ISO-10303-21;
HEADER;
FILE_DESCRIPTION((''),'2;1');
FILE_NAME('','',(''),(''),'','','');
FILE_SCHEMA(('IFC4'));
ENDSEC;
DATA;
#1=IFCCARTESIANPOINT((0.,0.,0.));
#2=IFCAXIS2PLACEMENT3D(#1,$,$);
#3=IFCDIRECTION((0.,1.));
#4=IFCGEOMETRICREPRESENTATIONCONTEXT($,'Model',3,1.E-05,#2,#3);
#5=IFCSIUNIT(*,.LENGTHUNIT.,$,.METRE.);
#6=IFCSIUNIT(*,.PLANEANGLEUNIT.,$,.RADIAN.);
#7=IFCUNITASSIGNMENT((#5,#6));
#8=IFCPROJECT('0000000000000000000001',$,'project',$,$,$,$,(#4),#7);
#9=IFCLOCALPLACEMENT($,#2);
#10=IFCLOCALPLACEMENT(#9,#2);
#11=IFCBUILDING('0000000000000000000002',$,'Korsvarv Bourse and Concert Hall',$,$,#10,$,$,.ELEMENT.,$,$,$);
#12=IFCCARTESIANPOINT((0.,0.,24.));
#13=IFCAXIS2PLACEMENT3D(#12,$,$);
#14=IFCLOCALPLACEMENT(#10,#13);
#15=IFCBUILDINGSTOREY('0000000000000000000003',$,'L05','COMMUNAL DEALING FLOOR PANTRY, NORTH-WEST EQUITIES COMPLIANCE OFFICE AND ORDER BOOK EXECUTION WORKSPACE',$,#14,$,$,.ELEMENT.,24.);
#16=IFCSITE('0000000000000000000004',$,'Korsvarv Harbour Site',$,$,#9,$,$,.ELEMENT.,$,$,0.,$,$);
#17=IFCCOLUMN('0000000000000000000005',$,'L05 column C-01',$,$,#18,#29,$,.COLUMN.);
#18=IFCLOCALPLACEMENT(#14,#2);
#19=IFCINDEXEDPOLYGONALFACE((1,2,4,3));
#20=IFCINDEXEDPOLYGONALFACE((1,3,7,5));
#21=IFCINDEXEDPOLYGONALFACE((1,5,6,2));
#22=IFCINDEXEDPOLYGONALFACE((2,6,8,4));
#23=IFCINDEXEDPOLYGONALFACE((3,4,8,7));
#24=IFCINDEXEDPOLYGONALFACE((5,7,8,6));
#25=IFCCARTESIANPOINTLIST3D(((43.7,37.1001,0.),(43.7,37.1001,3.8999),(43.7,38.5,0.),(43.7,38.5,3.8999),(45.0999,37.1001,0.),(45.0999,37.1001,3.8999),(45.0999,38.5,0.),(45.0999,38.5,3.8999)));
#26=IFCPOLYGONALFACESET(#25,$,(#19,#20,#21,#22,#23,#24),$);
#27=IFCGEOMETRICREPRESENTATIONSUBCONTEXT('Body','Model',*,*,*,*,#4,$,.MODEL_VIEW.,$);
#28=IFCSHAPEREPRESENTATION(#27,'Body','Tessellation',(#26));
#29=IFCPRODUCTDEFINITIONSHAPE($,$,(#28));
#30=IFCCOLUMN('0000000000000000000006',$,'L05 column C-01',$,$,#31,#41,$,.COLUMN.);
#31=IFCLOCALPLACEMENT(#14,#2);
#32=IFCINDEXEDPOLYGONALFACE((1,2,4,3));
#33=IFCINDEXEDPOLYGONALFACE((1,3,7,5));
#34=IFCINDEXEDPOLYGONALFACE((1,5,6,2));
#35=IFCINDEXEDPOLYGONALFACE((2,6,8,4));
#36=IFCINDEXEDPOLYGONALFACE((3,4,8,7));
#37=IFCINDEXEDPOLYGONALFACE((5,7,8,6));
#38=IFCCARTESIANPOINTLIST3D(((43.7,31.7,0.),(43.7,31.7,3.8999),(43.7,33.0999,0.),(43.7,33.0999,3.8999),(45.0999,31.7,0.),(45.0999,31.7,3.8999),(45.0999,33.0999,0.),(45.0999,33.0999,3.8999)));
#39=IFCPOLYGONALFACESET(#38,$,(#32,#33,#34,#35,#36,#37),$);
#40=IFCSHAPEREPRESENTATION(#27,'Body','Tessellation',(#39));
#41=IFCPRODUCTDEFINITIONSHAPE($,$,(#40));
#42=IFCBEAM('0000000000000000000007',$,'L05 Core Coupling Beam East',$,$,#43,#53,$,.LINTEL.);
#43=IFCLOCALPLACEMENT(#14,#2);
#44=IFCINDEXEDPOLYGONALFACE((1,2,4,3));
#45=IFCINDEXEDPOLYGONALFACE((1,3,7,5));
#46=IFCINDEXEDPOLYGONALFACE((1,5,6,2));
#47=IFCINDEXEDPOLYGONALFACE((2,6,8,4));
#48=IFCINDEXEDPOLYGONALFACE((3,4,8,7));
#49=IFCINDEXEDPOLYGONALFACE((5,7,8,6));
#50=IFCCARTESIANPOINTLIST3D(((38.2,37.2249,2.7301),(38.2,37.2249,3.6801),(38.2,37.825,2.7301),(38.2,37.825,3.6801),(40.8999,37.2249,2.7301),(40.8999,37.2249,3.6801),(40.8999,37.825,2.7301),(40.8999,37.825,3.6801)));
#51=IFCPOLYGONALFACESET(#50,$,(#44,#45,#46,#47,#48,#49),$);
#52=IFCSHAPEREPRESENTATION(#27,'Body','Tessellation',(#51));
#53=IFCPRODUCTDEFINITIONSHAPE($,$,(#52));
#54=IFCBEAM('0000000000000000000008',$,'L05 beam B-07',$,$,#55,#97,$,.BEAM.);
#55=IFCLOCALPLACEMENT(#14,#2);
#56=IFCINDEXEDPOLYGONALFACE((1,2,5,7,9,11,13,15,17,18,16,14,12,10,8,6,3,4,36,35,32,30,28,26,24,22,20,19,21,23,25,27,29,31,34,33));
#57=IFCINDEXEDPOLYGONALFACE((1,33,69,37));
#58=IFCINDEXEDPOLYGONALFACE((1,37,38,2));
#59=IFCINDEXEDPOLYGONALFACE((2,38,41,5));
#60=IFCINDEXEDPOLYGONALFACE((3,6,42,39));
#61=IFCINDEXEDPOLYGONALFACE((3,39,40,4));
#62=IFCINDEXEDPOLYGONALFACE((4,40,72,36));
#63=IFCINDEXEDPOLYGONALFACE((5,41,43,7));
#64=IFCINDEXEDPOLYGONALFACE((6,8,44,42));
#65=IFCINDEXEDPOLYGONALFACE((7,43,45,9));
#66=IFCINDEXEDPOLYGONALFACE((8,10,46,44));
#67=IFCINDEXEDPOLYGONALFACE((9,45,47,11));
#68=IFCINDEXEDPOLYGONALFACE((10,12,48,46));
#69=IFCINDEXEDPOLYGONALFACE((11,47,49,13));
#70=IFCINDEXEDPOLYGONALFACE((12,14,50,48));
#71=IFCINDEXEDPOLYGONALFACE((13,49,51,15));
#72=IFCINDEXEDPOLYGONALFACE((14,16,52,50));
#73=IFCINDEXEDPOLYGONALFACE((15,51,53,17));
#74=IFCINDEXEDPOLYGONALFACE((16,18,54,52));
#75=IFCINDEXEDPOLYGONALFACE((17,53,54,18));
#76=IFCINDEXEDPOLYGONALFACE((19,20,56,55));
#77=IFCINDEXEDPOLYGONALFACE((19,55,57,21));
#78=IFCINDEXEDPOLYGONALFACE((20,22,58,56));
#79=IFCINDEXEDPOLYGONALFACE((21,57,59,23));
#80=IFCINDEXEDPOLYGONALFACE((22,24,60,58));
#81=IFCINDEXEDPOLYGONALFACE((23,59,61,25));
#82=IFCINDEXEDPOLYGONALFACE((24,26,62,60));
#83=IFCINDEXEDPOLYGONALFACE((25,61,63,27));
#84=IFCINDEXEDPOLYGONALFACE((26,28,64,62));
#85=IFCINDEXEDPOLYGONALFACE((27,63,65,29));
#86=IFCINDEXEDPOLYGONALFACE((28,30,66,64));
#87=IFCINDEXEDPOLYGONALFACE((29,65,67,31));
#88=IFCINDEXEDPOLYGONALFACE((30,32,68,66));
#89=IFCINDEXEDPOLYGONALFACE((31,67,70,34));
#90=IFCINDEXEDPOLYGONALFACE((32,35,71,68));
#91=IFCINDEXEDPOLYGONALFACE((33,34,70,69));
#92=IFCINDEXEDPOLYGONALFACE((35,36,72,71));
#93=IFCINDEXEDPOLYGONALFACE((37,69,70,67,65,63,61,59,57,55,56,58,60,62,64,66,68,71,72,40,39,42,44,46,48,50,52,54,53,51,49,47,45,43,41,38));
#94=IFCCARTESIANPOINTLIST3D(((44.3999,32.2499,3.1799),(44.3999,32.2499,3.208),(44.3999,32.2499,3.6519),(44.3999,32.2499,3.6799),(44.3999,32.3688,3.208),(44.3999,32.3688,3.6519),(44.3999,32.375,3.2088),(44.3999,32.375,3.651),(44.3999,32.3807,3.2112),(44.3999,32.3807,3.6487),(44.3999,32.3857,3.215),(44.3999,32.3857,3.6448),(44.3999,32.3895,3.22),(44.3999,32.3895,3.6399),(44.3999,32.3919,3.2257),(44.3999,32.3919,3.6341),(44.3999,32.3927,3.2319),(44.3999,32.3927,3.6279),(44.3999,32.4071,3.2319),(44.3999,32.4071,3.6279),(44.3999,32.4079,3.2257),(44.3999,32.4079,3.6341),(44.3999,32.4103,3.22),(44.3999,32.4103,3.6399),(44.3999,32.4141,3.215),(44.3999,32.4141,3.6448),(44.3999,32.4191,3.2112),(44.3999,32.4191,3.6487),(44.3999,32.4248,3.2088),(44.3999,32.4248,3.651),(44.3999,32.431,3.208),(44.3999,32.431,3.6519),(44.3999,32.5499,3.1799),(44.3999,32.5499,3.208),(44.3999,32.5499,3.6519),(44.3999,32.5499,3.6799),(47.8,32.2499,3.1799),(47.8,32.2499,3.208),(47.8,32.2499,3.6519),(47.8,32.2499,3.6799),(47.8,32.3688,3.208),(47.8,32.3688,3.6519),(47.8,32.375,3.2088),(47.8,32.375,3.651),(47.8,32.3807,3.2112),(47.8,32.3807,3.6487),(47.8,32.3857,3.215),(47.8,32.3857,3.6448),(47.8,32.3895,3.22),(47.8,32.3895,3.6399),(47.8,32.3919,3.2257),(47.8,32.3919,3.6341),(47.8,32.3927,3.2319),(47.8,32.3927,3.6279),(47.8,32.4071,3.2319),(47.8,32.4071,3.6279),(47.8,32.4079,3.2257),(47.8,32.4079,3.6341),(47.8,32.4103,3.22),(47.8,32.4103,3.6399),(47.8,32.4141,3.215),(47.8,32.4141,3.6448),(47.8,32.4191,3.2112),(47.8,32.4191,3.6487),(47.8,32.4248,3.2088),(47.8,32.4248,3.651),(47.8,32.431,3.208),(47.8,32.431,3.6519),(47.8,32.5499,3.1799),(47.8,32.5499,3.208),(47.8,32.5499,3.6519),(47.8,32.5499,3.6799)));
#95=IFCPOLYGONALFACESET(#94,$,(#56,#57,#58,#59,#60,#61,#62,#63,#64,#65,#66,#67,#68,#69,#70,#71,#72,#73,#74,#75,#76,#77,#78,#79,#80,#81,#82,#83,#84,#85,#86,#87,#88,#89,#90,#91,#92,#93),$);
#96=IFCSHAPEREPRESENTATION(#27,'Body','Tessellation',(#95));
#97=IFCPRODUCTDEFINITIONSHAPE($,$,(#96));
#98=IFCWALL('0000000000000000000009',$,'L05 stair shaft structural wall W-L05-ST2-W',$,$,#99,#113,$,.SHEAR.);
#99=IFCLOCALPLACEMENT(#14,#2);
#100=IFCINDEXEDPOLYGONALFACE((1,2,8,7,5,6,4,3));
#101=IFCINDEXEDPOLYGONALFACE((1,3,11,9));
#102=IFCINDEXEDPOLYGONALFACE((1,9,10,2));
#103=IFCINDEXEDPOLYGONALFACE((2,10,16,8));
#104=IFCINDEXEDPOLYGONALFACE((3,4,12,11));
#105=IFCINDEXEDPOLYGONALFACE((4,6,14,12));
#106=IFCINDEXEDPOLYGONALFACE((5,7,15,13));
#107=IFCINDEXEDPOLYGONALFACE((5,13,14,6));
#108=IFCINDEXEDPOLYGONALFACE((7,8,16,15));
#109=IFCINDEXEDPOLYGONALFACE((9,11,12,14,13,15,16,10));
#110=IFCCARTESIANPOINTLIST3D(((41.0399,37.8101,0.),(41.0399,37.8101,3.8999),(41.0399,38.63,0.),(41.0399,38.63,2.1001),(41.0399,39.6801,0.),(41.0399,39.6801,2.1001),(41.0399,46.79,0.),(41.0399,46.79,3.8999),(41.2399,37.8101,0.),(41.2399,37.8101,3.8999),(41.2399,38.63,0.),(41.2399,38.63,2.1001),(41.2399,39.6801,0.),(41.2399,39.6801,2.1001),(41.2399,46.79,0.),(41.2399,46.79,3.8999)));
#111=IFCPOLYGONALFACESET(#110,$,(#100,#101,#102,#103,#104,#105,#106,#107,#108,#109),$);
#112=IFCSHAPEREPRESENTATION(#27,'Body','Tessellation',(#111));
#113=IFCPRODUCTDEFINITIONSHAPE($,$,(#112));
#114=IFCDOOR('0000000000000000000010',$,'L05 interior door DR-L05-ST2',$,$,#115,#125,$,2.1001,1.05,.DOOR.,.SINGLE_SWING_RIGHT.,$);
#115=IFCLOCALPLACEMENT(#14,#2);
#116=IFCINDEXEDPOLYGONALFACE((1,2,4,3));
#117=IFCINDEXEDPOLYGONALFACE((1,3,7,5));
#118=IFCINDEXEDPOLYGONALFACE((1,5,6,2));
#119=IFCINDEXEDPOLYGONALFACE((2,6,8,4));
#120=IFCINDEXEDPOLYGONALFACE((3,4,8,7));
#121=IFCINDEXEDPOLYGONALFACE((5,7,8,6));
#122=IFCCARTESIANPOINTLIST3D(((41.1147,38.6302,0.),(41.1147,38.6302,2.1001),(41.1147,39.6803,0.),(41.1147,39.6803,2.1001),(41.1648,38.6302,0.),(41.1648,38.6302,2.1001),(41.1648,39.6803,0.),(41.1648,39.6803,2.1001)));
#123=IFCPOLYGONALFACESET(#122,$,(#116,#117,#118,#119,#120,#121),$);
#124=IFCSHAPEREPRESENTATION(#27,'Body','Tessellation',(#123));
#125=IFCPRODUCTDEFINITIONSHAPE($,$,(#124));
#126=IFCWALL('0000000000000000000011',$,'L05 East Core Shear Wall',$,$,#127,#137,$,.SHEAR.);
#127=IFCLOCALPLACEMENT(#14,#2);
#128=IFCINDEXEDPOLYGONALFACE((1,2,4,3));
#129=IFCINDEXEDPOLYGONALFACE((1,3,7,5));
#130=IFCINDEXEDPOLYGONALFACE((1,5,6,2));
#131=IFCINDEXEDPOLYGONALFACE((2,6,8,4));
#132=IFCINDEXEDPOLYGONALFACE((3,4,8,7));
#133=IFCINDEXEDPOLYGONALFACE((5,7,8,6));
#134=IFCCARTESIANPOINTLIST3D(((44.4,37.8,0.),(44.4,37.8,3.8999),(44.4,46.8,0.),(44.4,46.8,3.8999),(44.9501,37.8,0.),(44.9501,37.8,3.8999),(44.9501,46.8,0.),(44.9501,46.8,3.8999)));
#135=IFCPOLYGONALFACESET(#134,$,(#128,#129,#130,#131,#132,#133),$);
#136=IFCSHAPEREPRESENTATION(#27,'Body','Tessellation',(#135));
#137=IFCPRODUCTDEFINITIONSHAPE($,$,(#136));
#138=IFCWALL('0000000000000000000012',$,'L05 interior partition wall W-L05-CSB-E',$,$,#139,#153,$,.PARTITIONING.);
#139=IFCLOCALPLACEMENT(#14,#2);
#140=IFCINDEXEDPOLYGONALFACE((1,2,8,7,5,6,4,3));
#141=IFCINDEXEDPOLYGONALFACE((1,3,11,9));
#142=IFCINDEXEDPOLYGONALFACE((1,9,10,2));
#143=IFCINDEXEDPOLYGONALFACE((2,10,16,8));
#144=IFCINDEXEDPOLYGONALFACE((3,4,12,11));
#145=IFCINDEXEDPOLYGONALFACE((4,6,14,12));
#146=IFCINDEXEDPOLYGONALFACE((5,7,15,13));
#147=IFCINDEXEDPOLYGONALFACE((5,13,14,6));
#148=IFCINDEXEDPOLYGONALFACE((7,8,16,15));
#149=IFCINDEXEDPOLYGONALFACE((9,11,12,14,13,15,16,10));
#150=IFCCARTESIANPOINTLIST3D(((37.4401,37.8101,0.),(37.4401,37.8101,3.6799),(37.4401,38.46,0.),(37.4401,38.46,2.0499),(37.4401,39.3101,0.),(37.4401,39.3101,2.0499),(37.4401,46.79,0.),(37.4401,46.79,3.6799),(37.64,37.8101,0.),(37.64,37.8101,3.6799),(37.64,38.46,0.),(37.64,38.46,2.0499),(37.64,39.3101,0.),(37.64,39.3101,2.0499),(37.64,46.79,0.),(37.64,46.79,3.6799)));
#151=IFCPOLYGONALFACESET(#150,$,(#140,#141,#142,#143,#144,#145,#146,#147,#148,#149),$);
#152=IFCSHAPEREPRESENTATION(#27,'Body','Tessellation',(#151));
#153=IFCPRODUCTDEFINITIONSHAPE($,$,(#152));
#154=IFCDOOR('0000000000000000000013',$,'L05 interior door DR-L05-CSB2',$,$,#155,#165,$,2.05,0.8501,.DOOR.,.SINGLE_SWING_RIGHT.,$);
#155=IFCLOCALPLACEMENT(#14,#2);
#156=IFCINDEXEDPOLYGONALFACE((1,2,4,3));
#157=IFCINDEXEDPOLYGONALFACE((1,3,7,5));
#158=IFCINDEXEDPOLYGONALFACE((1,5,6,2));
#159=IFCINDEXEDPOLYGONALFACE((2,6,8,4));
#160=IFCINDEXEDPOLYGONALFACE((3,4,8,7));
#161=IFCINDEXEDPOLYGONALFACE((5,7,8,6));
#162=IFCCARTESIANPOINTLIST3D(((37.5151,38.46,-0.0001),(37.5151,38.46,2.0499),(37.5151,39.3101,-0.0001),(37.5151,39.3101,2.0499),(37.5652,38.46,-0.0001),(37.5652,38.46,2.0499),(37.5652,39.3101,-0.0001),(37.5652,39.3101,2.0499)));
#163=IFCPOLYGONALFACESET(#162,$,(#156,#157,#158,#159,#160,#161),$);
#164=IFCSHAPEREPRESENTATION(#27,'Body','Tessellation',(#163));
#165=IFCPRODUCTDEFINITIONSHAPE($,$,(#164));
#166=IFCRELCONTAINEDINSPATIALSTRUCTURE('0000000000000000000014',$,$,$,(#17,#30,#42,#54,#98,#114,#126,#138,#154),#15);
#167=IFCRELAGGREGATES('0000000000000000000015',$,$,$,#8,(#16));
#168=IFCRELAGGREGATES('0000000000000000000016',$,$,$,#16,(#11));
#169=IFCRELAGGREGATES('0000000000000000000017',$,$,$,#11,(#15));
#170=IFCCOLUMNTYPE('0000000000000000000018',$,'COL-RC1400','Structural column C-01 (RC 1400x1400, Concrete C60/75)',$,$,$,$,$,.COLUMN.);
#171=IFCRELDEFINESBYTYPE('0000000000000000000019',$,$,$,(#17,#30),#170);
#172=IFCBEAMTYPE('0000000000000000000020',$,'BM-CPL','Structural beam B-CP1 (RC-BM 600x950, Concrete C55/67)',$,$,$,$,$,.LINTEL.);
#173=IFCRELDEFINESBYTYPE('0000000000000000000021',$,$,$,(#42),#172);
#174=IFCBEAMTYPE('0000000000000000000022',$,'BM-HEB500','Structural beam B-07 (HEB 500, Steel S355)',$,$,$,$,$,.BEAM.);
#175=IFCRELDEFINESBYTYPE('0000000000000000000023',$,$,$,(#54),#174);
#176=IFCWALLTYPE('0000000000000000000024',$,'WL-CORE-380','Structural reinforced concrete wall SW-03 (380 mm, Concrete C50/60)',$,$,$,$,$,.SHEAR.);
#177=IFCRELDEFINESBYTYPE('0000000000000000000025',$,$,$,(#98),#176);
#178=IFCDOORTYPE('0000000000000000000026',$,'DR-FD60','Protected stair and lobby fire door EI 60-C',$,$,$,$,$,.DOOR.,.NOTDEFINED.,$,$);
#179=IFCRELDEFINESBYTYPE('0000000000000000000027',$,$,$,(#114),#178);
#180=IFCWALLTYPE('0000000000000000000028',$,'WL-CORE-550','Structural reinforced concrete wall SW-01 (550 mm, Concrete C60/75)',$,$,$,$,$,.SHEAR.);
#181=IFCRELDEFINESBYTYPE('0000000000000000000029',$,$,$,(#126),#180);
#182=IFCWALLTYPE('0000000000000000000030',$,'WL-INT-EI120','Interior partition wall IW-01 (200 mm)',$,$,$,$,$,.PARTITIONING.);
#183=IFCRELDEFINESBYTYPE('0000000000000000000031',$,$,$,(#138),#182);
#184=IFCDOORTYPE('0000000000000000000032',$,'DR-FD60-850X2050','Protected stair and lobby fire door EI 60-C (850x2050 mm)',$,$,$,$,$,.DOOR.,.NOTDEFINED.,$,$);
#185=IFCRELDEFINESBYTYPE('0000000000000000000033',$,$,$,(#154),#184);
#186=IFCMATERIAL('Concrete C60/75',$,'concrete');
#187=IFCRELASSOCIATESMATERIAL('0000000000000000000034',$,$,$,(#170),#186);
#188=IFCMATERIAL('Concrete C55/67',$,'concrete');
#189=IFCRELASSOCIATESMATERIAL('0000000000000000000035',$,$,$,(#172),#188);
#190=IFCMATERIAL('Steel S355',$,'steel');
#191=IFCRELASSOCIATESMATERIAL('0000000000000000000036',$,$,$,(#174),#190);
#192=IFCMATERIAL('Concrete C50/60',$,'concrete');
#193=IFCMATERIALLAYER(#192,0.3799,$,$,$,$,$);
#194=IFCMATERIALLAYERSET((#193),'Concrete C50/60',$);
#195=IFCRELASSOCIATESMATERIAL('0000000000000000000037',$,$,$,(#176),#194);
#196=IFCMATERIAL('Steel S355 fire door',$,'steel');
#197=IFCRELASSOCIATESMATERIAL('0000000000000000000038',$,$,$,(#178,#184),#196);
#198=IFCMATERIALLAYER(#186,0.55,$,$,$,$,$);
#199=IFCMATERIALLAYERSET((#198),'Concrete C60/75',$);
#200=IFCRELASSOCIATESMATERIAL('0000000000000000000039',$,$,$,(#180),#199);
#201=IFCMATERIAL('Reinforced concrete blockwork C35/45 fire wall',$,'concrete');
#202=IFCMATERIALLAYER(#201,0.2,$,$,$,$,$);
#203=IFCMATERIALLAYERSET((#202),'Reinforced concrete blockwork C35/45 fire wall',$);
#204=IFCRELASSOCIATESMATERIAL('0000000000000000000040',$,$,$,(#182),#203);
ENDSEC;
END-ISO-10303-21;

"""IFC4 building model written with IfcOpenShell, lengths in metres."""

from ifc_helpers import new_model, si_unit, direction, frame, frame_2d, origin, origin_2d, place, context, subcontext, project, spatial, rectangle, i_section, extrude, source, transform, mapped, material, layer, layer_set, material_profile, profile_set, type_object, element, fill, save


model = new_model("IFC4")

# Units and contexts
model_context = context("Model", 3, precision=1e-05, world=origin(), true_north=direction((0.0, 1.0)))
body_context = subcontext(model_context, "Body", "Model", "MODEL_VIEW")
ifc_project = project(units=[si_unit("LENGTHUNIT", "METRE"), si_unit("PLANEANGLEUNIT", "RADIAN")], contexts=[model_context])

# Site, building, storey
site_placement = place(None, origin())
site = spatial("IfcSite", under=ifc_project, at=site_placement, Name="Korsvarv Harbour Site", CompositionType="ELEMENT", RefElevation=0.0)
building_placement = place(site_placement, origin())
building = spatial("IfcBuilding", under=site, at=building_placement, Name="Korsvarv Bourse and Concert Hall", CompositionType="ELEMENT")
storey_placement = place(building_placement, frame((0.0, 0.0, 24.0)))
storey = spatial("IfcBuildingStorey", under=building, at=storey_placement, Name="L05", Description="COMMUNAL DEALING FLOOR PANTRY, NORTH-WEST EQUITIES COMPLIANCE OFFICE AND ORDER BOOK EXECUTION WORKSPACE", CompositionType="ELEMENT", Elevation=24.0)

# Columns
ifc_material_1 = material(Name="Concrete C60/75", Category="concrete")
ifc_material_profile_1 = material_profile(ifc_material_1, rectangle(XDim=1.3999, YDim=1.3999, at=origin_2d()), Name="RC 1400x1400")
ifc_profile_set_1 = profile_set([ifc_material_profile_1], Name="Concrete C60/75")
column_type = type_object("IfcColumnType", Name="COL-RC1400", Description="Structural column C-01 (RC 1400x1400, Concrete C60/75)", PredefinedType="COLUMN", material=ifc_profile_set_1)
shared_shape_1 = source(origin(), body_context, "Body", "SweptSolid", [
    extrude(rectangle(XDim=1.3999, YDim=1.3999, at=origin_2d()), origin(), (0.0, 0.0, 1.0), 3.8999),
])
for number, where, z_axis, x_axis, name in (
    (1, (44.3999, 37.8, 0.0), (0.0, 0.0, 1.0), (1.0, 0.0, 0.0), "L05 column C-01"),
    (2, (44.3999, 32.3999, 0.0), (0.0, 0.0, 1.0), (1.0, 0.0, 0.0), "L05 column C-01"),
):
    element("IfcColumn", number, at=place(storey_placement, frame(where, z_axis=z_axis, x_axis=x_axis)), inside=storey, type_object=column_type, Name=name, PredefinedType="COLUMN", context=body_context, shape_type="MappedRepresentation", body=[
        mapped(shared_shape_1, transform((0.0, 0.0, 0.0), scale=1.0)),
    ])

# Beams
ifc_material_2 = material(Name="Concrete C55/67", Category="concrete")
ifc_material_profile_2 = material_profile(ifc_material_2, rectangle(XDim=0.6001, YDim=0.95, at=origin_2d()), Name="RC-BM 600x950")
ifc_profile_set_2 = profile_set([ifc_material_profile_2], Name="Concrete C55/67")
beam_type_1 = type_object("IfcBeamType", Name="BM-CPL", Description="Structural beam B-CP1 (RC-BM 600x950, Concrete C55/67)", PredefinedType="LINTEL", material=ifc_profile_set_2)
shared_shape_2 = source(origin(), body_context, "Body", "SweptSolid", [
    extrude(rectangle(XDim=0.6001, YDim=0.95, at=origin_2d()), origin(), (0.0, 0.0, 1.0), 2.7),
])
beam_1_placement = place(storey_placement, frame((38.2, 37.5249, 3.2051), z_axis=(1.0, 0.0, 0.0), x_axis=(0.0, 1.0, 0.0)))
element("IfcBeam", 3, at=beam_1_placement, inside=storey, type_object=beam_type_1, Name="L05 Core Coupling Beam East", PredefinedType="LINTEL", context=body_context, shape_type="MappedRepresentation", body=[
    mapped(shared_shape_2, transform((0.0, 0.0, 0.0), scale=1.0)),
])
ifc_material_3 = material(Name="Steel S355", Category="steel")
ifc_material_profile_3 = material_profile(ifc_material_3, i_section(OverallWidth=0.3, OverallDepth=0.5, WebThickness=0.0144, FlangeThickness=0.0281, FilletRadius=0.0239, at=origin_2d()), Name="HEB 500")
ifc_profile_set_3 = profile_set([ifc_material_profile_3], Name="Steel S355")
beam_type_2 = type_object("IfcBeamType", Name="BM-HEB500", Description="Structural beam B-07 (HEB 500, Steel S355)", PredefinedType="BEAM", material=ifc_profile_set_3)
shared_shape_3 = source(origin(), body_context, "Body", "SweptSolid", [
    extrude(i_section(OverallWidth=0.3, OverallDepth=0.5, WebThickness=0.0144, FlangeThickness=0.0281, FilletRadius=0.0239, at=origin_2d()), origin(), (0.0, 0.0, 1.0), 3.4001),
])
beam_2_placement = place(storey_placement, frame((44.3999, 32.3999, 3.4299), z_axis=(1.0, 0.0, 0.0), x_axis=(0.0, 1.0, 0.0)))
element("IfcBeam", 4, at=beam_2_placement, inside=storey, type_object=beam_type_2, Name="L05 beam B-07", PredefinedType="BEAM", context=body_context, shape_type="MappedRepresentation", body=[
    mapped(shared_shape_3, transform((0.0, 0.0, 0.0), scale=1.0)),
])

# Wall, opening, door
ifc_material_4 = material(Name="Concrete C50/60", Category="concrete")
ifc_layer_1 = layer(ifc_material_4, 0.3799)
ifc_layer_set_1 = layer_set([ifc_layer_1], Name="Concrete C50/60")
wall_type_1 = type_object("IfcWallType", Name="WL-CORE-380", Description="Structural reinforced concrete wall SW-03 (380 mm, Concrete C50/60)", PredefinedType="SHEAR", material=ifc_layer_set_1)
wall_1_placement = place(storey_placement, frame((41.1399, 37.8101, 0.0), z_axis=(0.0, 0.0, 1.0), x_axis=(0.0, 1.0, 0.0)))
wall_1 = element("IfcWall", 5, at=wall_1_placement, inside=storey, type_object=wall_type_1, Name="L05 stair shaft structural wall W-L05-ST2-W", PredefinedType="SHEAR", context=body_context, shape_type="SweptSolid", body=[
    extrude(rectangle(XDim=8.98, YDim=0.2, at=frame_2d((4.49, 0.0))), origin(), (0.0, 0.0, 1.0), 3.8999),
])
opening_1_placement = place(wall_1_placement, frame((0.8201, 0.0, 0.0)))
opening_1 = element("IfcOpeningElement", 6, at=opening_1_placement, cuts=wall_1, PredefinedType="OPENING", context=body_context, shape_type="SweptSolid", body=[
    extrude(rectangle(XDim=1.05, YDim=2.1001, at=frame_2d((0.5249, 1.05))), frame((0.0, 0.1099, 0.0), z_axis=(0.0, -1.0, 0.0), x_axis=(1.0, 0.0, 0.0)), (0.0, 0.0, 1.0), 0.22),
])
ifc_material_5 = material(Name="Steel S355 fire door", Category="steel")
door_type_1 = type_object("IfcDoorType", Name="DR-FD60", Description="Protected stair and lobby fire door EI 60-C", OperationType="NOTDEFINED", PredefinedType="DOOR", material=ifc_material_5)
door_1_placement = place(opening_1_placement, frame((1.05, 0.0, 0.0), z_axis=(0.0, 0.0, 1.0), x_axis=(-1.0, 0.0, 0.0)))
door_1 = element("IfcDoor", 7, at=door_1_placement, inside=storey, type_object=door_type_1, Name="L05 interior door DR-L05-ST2", OperationType="SINGLE_SWING_RIGHT", OverallHeight=2.1001, OverallWidth=1.05, PredefinedType="DOOR", context=body_context, shape_type="SweptSolid", body=[
    extrude(rectangle(XDim=1.05, YDim=2.1001, at=frame_2d((0.5249, 1.05))), frame((0.0, 0.0249, 0.0), z_axis=(0.0, -1.0, 0.0), x_axis=(1.0, 0.0, 0.0)), (0.0, 0.0, 1.0), 0.05),
])
fill(opening_1, door_1)

# Wall
ifc_layer_2 = layer(ifc_material_1, 0.55)
ifc_layer_set_2 = layer_set([ifc_layer_2], Name="Concrete C60/75")
wall_type_2 = type_object("IfcWallType", Name="WL-CORE-550", Description="Structural reinforced concrete wall SW-01 (550 mm, Concrete C60/75)", PredefinedType="SHEAR", material=ifc_layer_set_2)
wall_2_placement = place(storey_placement, frame((44.675, 37.8, 0.0), z_axis=(0.0, 0.0, 1.0), x_axis=(0.0, 1.0, 0.0)))
element("IfcWall", 8, at=wall_2_placement, inside=storey, type_object=wall_type_2, Name="L05 East Core Shear Wall", PredefinedType="SHEAR", context=body_context, shape_type="SweptSolid", body=[
    extrude(rectangle(XDim=9.0, YDim=0.55, at=frame_2d((4.5, 0.0))), origin(), (0.0, 0.0, 1.0), 3.8999),
])

# Wall, opening, door
ifc_material_6 = material(Name="Reinforced concrete blockwork C35/45 fire wall", Category="concrete")
ifc_layer_3 = layer(ifc_material_6, 0.2)
ifc_layer_set_3 = layer_set([ifc_layer_3], Name="Reinforced concrete blockwork C35/45 fire wall")
wall_type_3 = type_object("IfcWallType", Name="WL-INT-EI120", Description="Interior partition wall IW-01 (200 mm)", PredefinedType="PARTITIONING", material=ifc_layer_set_3)
wall_3_placement = place(storey_placement, frame((37.54, 37.8101, 0.0), z_axis=(0.0, 0.0, 1.0), x_axis=(0.0, 1.0, 0.0)))
wall_3 = element("IfcWall", 9, at=wall_3_placement, inside=storey, type_object=wall_type_3, Name="L05 interior partition wall W-L05-CSB-E", PredefinedType="PARTITIONING", context=body_context, shape_type="SweptSolid", body=[
    extrude(rectangle(XDim=8.98, YDim=0.2, at=frame_2d((4.49, 0.0))), origin(), (0.0, 0.0, 1.0), 3.6799),
])
opening_2_placement = place(wall_3_placement, frame((0.6499, 0.0, 0.0)))
opening_2 = element("IfcOpeningElement", 10, at=opening_2_placement, cuts=wall_3, PredefinedType="OPENING", context=body_context, shape_type="SweptSolid", body=[
    extrude(rectangle(XDim=0.8501, YDim=2.05, at=frame_2d((0.425, 1.0249))), frame((0.0, 0.1099, 0.0), z_axis=(0.0, -1.0, 0.0), x_axis=(1.0, 0.0, 0.0)), (0.0, 0.0, 1.0), 0.22),
])
door_type_2 = type_object("IfcDoorType", Name="DR-FD60-850X2050", Description="Protected stair and lobby fire door EI 60-C (850x2050 mm)", OperationType="NOTDEFINED", PredefinedType="DOOR", material=ifc_material_5)
door_2_placement = place(opening_2_placement, origin())
door_2 = element("IfcDoor", 11, at=door_2_placement, inside=storey, type_object=door_type_2, Name="L05 interior door DR-L05-CSB2", OperationType="SINGLE_SWING_RIGHT", OverallHeight=2.05, OverallWidth=0.8501, PredefinedType="DOOR", context=body_context, shape_type="SweptSolid", body=[
    extrude(rectangle(XDim=0.8501, YDim=2.05, at=frame_2d((0.425, 1.0249))), frame((0.0, 0.0249, 0.0), z_axis=(0.0, -1.0, 0.0), x_axis=(1.0, 0.0, 0.0)), (0.0, 0.0, 1.0), 0.05),
])
fill(opening_2, door_2)

save(model, "model.ifc")
